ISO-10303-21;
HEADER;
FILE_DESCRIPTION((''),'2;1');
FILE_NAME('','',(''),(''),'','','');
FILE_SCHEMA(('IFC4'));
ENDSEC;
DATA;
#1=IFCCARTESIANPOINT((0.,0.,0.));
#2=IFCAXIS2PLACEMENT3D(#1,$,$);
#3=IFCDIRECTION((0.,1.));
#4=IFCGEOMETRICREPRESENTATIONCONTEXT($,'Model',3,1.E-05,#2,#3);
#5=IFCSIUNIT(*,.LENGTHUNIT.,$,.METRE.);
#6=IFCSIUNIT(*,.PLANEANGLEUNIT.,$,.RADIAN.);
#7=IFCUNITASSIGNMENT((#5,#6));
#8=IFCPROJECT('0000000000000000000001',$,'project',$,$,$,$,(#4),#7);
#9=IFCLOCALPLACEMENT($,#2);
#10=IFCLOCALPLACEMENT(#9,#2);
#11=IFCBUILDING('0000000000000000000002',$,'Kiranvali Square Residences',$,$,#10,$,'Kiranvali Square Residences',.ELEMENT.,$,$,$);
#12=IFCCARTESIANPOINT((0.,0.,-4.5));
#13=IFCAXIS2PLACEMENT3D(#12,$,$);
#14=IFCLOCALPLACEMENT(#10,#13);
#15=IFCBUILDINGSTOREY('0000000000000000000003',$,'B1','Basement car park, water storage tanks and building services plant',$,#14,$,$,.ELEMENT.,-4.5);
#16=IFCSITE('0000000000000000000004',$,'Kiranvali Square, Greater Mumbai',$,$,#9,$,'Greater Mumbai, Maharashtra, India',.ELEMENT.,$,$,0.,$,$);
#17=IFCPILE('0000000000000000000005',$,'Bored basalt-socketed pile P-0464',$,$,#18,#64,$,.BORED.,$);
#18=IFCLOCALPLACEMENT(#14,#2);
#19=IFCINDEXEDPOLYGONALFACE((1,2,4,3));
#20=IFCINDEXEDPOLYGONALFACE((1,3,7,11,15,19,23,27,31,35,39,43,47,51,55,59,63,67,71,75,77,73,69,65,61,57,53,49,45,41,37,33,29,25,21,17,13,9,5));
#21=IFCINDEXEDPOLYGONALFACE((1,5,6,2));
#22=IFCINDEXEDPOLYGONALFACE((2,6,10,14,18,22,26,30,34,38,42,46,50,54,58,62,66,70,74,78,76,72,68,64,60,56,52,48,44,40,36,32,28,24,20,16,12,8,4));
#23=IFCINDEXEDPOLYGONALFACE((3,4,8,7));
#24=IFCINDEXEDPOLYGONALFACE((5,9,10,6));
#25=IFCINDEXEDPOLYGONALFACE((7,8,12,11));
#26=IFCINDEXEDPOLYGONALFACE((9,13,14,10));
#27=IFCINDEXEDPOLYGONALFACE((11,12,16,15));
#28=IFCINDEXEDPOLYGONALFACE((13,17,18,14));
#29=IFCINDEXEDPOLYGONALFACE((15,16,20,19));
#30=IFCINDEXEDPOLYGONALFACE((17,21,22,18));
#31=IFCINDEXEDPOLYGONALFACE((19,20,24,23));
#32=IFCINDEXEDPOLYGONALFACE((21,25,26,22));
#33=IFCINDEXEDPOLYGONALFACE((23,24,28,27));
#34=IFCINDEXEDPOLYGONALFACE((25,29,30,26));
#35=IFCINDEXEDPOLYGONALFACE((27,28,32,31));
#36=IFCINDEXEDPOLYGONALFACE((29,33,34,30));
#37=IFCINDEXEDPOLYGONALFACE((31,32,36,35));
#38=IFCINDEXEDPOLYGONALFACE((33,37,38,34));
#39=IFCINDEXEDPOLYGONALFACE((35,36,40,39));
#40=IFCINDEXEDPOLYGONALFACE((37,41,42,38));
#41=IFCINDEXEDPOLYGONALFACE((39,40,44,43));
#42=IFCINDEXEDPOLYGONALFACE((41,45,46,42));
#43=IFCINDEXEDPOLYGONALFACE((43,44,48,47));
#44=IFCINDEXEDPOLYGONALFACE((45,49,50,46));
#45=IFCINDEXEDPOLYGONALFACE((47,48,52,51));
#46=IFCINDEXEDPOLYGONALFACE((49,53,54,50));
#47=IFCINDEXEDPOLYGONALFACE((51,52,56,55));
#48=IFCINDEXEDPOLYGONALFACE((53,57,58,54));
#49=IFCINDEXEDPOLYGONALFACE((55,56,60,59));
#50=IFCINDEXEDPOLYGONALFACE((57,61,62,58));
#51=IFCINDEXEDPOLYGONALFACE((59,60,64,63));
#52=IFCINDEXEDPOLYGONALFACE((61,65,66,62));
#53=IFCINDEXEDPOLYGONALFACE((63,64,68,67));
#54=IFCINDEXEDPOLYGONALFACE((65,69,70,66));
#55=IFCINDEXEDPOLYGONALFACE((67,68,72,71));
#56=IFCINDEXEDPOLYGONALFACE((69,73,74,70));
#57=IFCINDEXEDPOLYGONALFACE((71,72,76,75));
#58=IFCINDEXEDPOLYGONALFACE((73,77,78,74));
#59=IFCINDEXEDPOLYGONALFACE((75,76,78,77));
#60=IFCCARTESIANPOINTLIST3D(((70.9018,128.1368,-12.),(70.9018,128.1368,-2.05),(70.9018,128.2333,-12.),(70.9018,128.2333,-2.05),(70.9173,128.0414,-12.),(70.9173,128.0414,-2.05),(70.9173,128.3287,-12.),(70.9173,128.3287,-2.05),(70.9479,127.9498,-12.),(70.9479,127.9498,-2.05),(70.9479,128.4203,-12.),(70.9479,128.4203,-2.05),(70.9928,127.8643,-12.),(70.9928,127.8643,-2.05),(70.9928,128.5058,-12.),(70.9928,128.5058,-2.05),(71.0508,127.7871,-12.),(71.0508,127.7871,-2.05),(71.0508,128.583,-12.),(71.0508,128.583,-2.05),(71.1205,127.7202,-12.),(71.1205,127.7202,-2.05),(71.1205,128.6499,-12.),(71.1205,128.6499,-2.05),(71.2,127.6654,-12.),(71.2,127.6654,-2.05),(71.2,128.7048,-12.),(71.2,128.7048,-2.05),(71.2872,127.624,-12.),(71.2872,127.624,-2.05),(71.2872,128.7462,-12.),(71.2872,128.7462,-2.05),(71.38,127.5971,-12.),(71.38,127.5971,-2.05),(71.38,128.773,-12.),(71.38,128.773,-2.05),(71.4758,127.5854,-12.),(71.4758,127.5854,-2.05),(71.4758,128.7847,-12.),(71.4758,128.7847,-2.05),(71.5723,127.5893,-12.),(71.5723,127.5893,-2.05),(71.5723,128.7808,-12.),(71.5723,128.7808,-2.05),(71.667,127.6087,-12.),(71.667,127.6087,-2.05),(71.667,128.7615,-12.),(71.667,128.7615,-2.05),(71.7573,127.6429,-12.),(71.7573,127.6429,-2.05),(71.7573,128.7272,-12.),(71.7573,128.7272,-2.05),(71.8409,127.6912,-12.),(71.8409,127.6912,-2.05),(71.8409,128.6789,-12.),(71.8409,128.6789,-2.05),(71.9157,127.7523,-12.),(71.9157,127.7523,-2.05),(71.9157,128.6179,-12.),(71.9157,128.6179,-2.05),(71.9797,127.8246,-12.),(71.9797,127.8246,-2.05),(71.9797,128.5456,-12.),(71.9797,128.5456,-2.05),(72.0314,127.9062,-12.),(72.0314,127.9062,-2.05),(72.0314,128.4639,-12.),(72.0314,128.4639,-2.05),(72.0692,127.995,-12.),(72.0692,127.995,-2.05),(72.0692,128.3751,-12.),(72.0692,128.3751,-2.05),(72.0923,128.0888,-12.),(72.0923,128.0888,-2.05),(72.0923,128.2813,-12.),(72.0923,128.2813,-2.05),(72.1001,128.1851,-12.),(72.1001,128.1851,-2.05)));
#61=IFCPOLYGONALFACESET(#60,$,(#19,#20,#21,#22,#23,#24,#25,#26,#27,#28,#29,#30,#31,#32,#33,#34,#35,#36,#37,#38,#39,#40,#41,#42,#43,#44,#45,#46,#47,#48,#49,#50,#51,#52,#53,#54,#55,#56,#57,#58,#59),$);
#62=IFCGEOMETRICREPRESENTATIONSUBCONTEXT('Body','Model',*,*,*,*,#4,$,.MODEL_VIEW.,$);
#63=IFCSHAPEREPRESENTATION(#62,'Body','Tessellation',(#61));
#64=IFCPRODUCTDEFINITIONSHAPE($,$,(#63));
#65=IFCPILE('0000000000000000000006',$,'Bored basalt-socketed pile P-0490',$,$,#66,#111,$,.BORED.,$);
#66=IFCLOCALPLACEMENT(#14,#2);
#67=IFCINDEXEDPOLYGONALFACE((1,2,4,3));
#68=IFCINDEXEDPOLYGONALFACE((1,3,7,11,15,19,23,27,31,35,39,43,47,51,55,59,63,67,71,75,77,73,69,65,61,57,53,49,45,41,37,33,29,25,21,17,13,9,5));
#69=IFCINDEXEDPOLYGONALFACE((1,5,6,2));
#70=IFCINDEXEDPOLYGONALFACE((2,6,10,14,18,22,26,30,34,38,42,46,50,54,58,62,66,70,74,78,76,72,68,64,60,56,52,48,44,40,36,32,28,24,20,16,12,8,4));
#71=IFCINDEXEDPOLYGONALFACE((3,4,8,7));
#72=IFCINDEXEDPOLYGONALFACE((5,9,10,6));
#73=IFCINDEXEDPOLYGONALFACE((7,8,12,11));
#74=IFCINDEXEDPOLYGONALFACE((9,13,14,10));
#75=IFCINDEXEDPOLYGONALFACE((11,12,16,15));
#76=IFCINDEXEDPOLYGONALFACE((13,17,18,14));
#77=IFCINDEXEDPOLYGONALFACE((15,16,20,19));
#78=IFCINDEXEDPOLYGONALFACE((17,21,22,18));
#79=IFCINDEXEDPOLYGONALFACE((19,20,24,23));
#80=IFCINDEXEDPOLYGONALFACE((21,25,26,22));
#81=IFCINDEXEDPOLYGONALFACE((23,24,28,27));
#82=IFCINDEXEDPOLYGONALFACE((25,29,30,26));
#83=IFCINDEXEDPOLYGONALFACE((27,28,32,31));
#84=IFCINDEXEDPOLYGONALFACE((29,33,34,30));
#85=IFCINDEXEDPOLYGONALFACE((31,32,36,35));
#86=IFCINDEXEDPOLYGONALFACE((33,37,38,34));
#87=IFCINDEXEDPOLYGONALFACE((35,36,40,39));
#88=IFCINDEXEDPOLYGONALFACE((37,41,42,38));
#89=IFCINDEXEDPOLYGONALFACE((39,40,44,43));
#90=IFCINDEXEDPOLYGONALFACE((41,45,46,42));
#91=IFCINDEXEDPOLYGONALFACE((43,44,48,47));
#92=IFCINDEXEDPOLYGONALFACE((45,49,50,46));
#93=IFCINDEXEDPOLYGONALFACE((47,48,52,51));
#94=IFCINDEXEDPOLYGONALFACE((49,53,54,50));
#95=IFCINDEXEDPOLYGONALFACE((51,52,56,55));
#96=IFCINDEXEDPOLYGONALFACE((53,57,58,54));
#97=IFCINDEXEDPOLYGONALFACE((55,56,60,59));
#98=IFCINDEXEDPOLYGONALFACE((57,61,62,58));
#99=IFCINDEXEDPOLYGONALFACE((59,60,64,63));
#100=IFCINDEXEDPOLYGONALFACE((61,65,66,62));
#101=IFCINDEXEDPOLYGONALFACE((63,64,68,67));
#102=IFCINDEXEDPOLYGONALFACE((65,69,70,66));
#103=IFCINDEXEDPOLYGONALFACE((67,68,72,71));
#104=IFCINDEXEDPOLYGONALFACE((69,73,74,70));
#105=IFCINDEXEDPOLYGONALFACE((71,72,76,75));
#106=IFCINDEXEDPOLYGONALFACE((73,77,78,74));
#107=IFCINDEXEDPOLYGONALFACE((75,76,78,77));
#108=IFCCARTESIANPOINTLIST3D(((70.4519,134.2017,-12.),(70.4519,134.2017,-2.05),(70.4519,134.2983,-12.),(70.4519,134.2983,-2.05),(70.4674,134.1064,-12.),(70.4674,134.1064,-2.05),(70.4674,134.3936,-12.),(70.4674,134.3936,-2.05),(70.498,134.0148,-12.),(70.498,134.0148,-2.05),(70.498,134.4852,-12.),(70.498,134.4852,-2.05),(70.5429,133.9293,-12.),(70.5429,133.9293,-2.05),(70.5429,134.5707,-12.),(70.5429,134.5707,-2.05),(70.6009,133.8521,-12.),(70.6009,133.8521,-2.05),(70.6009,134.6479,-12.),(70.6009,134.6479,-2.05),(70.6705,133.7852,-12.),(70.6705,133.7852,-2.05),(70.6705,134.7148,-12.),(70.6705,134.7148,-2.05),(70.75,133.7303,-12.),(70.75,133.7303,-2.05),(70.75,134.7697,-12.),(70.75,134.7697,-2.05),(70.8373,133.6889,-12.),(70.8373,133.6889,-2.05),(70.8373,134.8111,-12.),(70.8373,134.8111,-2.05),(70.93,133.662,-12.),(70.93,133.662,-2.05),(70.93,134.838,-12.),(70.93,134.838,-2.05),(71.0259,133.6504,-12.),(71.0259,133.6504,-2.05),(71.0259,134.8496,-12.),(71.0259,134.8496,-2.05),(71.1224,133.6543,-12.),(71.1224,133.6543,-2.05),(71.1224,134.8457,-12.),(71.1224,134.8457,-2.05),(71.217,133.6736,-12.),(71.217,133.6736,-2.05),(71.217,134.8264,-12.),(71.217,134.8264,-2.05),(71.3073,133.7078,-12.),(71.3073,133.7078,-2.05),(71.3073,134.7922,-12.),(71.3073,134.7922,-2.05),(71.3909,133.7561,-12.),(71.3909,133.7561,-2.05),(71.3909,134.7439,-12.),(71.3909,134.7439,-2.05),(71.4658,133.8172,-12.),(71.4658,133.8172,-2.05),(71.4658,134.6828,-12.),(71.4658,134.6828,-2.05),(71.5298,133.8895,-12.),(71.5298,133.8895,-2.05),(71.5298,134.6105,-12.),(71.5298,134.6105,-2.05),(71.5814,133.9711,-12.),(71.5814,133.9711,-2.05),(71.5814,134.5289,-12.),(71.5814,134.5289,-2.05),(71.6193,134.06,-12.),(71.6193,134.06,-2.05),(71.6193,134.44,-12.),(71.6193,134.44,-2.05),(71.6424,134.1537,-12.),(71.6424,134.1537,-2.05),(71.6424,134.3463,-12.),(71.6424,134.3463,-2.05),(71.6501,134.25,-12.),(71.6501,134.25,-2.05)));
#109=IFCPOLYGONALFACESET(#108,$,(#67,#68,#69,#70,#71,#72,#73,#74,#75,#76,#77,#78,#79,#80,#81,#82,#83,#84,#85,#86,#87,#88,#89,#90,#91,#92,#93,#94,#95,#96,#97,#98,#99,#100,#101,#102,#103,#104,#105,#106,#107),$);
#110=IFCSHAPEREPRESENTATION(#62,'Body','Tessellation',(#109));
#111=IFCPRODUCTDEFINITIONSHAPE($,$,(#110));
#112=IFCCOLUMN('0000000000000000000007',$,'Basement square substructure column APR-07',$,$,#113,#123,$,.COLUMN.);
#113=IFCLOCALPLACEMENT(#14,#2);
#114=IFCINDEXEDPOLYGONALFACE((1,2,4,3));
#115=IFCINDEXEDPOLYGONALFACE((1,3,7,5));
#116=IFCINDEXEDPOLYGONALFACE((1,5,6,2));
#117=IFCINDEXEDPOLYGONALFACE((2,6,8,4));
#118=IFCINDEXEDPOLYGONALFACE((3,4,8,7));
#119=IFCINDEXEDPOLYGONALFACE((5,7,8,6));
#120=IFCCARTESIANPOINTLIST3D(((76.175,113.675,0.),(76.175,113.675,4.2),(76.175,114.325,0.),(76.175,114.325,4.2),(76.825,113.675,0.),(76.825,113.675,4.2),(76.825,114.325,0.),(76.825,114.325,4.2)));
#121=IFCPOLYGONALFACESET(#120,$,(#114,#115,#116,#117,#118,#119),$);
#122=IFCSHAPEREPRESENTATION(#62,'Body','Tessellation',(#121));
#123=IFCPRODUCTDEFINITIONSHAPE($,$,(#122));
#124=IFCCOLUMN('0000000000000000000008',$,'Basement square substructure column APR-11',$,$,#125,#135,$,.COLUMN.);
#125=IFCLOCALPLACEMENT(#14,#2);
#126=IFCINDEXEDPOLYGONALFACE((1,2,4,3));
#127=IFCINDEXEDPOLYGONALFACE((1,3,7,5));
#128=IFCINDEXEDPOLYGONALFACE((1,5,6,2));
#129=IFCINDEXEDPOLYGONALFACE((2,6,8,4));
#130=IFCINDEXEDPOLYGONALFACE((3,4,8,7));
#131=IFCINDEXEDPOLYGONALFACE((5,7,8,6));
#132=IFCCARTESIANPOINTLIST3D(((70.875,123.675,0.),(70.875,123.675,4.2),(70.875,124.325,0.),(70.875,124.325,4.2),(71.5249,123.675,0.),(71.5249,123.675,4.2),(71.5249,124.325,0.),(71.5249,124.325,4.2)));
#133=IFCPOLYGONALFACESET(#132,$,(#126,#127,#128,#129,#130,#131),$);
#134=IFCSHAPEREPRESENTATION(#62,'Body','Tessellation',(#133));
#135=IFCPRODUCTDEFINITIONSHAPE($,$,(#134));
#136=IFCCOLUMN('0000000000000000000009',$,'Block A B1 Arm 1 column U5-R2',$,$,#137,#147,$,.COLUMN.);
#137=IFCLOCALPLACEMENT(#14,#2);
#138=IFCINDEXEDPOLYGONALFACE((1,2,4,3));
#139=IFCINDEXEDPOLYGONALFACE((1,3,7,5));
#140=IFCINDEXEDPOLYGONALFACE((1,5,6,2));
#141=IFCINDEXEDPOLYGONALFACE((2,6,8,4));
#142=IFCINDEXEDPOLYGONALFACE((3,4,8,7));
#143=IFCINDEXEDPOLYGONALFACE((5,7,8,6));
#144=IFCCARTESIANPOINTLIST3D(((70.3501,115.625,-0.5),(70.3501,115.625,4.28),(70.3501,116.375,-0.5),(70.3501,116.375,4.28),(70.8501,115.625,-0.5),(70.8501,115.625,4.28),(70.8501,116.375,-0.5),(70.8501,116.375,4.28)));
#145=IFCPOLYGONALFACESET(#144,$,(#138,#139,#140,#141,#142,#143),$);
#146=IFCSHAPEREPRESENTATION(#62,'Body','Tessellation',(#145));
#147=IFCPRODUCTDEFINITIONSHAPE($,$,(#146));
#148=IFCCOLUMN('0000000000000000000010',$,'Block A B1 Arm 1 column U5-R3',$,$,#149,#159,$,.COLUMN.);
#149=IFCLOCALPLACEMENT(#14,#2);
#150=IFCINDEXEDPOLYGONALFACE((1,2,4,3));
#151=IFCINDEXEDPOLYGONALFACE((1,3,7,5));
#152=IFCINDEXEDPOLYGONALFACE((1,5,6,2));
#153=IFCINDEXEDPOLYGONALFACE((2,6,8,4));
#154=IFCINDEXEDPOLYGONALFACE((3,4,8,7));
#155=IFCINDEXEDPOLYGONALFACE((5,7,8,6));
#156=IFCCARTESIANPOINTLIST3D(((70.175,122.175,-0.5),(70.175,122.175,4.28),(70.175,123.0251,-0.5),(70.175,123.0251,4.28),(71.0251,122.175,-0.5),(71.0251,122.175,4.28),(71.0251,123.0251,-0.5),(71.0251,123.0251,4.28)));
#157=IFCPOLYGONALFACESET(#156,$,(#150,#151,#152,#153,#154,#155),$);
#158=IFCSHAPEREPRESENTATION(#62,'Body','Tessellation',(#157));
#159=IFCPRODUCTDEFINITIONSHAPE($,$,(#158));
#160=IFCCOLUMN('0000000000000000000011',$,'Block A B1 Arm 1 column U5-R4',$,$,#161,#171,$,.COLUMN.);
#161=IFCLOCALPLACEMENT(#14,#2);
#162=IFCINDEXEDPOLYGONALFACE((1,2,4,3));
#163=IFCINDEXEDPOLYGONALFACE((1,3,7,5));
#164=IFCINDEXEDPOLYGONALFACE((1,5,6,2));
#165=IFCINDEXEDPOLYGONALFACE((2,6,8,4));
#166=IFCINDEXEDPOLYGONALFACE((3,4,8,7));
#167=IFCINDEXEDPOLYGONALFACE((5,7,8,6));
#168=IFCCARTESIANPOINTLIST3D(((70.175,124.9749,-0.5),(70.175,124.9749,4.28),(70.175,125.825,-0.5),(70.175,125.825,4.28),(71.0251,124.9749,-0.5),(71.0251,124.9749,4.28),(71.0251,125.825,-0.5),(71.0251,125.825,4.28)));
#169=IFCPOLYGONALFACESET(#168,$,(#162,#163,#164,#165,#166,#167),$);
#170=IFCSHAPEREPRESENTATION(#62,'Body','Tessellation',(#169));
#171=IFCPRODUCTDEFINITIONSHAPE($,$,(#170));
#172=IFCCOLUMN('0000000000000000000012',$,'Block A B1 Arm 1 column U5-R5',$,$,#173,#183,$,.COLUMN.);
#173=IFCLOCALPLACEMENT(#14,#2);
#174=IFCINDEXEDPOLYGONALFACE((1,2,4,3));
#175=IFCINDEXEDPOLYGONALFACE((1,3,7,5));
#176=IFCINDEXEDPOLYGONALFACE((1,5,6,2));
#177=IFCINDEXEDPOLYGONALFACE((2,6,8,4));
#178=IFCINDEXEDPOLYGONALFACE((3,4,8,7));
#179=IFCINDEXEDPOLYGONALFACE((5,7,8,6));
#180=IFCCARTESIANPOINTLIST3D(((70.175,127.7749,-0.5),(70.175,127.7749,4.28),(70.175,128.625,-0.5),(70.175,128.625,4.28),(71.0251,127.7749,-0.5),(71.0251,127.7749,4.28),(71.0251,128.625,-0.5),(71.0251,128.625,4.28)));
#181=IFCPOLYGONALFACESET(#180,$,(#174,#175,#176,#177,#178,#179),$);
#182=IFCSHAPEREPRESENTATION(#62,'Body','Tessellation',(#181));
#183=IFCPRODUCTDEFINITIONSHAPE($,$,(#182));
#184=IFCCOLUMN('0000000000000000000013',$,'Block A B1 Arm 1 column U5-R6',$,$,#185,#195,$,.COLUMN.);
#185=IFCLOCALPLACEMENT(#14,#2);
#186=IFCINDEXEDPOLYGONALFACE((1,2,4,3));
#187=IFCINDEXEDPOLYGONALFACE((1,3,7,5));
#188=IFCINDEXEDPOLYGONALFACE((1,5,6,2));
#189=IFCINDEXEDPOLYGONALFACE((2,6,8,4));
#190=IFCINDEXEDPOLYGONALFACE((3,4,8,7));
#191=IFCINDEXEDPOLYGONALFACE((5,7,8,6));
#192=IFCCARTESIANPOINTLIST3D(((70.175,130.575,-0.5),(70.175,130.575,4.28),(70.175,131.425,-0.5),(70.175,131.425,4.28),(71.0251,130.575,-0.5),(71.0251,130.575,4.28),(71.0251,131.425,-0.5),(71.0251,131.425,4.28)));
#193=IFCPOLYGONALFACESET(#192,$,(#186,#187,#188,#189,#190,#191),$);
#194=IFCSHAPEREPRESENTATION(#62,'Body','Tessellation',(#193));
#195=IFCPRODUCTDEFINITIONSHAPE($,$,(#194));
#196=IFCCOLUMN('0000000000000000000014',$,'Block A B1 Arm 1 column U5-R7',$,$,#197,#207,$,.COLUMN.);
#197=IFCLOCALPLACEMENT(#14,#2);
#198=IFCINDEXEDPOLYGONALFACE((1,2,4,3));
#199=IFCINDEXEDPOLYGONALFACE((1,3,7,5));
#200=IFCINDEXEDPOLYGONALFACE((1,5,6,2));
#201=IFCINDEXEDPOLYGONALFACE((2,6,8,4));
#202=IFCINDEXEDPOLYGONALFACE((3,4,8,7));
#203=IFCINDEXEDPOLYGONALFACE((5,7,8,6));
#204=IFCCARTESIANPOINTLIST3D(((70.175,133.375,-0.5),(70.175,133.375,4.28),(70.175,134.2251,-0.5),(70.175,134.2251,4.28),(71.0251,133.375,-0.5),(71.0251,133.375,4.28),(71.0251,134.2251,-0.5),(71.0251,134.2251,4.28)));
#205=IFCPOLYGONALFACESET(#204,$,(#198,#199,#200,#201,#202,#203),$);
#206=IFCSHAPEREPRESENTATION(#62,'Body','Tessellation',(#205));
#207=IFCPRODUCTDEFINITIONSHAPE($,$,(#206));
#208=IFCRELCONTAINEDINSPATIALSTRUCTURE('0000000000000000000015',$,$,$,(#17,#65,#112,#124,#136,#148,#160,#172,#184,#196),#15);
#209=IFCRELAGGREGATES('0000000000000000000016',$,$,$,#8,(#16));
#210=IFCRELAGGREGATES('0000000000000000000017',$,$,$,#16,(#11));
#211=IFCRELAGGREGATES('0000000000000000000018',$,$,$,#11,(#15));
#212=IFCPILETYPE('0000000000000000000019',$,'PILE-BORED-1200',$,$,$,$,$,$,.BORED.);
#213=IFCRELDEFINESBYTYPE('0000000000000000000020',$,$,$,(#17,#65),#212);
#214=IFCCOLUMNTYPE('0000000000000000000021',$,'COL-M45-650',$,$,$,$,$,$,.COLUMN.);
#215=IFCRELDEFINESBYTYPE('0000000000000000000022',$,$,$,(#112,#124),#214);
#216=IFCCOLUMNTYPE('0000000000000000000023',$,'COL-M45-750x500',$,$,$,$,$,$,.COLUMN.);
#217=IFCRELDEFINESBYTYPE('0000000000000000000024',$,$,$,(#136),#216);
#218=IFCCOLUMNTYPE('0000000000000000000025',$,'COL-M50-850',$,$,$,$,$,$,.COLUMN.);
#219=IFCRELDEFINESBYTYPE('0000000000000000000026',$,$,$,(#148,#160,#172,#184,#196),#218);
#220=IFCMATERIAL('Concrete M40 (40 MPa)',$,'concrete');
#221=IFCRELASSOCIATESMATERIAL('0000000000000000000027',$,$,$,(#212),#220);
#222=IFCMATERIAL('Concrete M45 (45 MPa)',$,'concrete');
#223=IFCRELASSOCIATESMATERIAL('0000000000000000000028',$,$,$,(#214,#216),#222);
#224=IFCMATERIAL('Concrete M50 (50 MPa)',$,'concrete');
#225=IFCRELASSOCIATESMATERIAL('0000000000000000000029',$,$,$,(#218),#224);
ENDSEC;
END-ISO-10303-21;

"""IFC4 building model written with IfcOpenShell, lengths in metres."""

from ifc_helpers import new_model, si_unit, direction, frame, origin, origin_2d, place, context, subcontext, project, spatial, rectangle, circle, extrude, material, material_profile, profile_set, type_object, element, save


model = new_model("IFC4")

# Units and contexts
model_context = context("Model", 3, precision=1e-05, world=origin(), true_north=direction((0.0, 1.0)))
body_context = subcontext(model_context, "Body", "Model", "MODEL_VIEW")
ifc_project = project(units=[si_unit("LENGTHUNIT", "METRE"), si_unit("PLANEANGLEUNIT", "RADIAN")], contexts=[model_context])

# Site, building, storey
site_placement = place(None, origin())
site = spatial("IfcSite", under=ifc_project, at=site_placement, Name="Kiranvali Square, Greater Mumbai", LongName="Greater Mumbai, Maharashtra, India", CompositionType="ELEMENT", RefElevation=0.0)
building_placement = place(site_placement, origin())
building = spatial("IfcBuilding", under=site, at=building_placement, Name="Kiranvali Square Residences", LongName="Kiranvali Square Residences", CompositionType="ELEMENT")
storey_placement = place(building_placement, frame((0.0, 0.0, -4.5)))
storey = spatial("IfcBuildingStorey", under=building, at=storey_placement, Name="B1", Description="Basement car park, water storage tanks and building services plant", CompositionType="ELEMENT", Elevation=-4.5)

# Shared definitions
ifc_material_1 = material(Name="Concrete M40 (40 MPa)", Category="concrete")

# Piles
ifc_material_profile_1 = material_profile(ifc_material_1, circle(Radius=0.6001, at=origin_2d()), Name="BORED PILE 1200")
ifc_profile_set_1 = profile_set([ifc_material_profile_1], Name="Concrete M40 (40 MPa)")
pile_type = type_object("IfcPileType", Name="PILE-BORED-1200", PredefinedType="BORED", material=ifc_profile_set_1)
for number, where, z_axis, x_axis, name in (
    (1, (71.5, 128.1851, -2.05), (0.0, 0.0, -1.0), (1.0, 0.0, 0.0), "Bored basalt-socketed pile P-0464"),
    (2, (71.05, 134.25, -2.05), (0.0, 0.0, -1.0), (1.0, 0.0, 0.0), "Bored basalt-socketed pile P-0490"),
):
    element("IfcPile", number, at=place(storey_placement, frame(where, z_axis=z_axis, x_axis=x_axis)), inside=storey, type_object=pile_type, Name=name, PredefinedType="BORED", context=body_context, shape_type="SweptSolid", body=[
        extrude(circle(Radius=0.6001, at=origin_2d()), origin(), (0.0, 0.0, 1.0), 9.95),
    ])

# Columns
ifc_material_2 = material(Name="Concrete M45 (45 MPa)", Category="concrete")
ifc_material_profile_2 = material_profile(ifc_material_2, rectangle(XDim=0.6499, YDim=0.6499, at=origin_2d()), Name="RC 650x650")
ifc_profile_set_2 = profile_set([ifc_material_profile_2], Name="Concrete M45 (45 MPa)")
column_type_1 = type_object("IfcColumnType", Name="COL-M45-650", PredefinedType="COLUMN", material=ifc_profile_set_2)
for number, where, z_axis, x_axis, name in (
    (3, (76.5, 114.0, 0.0), (0.0, 0.0, 1.0), (1.0, 0.0, 0.0), "Basement square substructure column APR-07"),
    (4, (71.2, 124.0, 0.0), (0.0, 0.0, 1.0), (1.0, 0.0, 0.0), "Basement square substructure column APR-11"),
):
    element("IfcColumn", number, at=place(storey_placement, frame(where, z_axis=z_axis, x_axis=x_axis)), inside=storey, type_object=column_type_1, Name=name, PredefinedType="COLUMN", context=body_context, shape_type="SweptSolid", body=[
        extrude(rectangle(XDim=0.6499, YDim=0.6499, at=origin_2d()), origin(), (0.0, 0.0, 1.0), 4.2),
    ])
ifc_material_profile_3 = material_profile(ifc_material_2, rectangle(XDim=0.5, YDim=0.75, at=origin_2d()), Name="RC 750x500")
ifc_profile_set_3 = profile_set([ifc_material_profile_3], Name="Concrete M45 (45 MPa)")
column_type_2 = type_object("IfcColumnType", Name="COL-M45-750x500", PredefinedType="COLUMN", material=ifc_profile_set_3)
column_placement = place(storey_placement, frame((70.6001, 116.0, -0.5), z_axis=(0.0, 0.0, 1.0), x_axis=(1.0, 0.0, 0.0)))
element("IfcColumn", 5, at=column_placement, inside=storey, type_object=column_type_2, Name="Block A B1 Arm 1 column U5-R2", PredefinedType="COLUMN", context=body_context, shape_type="SweptSolid", body=[
    extrude(rectangle(XDim=0.5, YDim=0.75, at=origin_2d()), origin(), (0.0, 0.0, 1.0), 4.78),
])
ifc_material_3 = material(Name="Concrete M50 (50 MPa)", Category="concrete")
ifc_material_profile_4 = material_profile(ifc_material_3, rectangle(XDim=0.8501, YDim=0.8501, at=origin_2d()), Name="RC 850x850")
ifc_profile_set_4 = profile_set([ifc_material_profile_4], Name="Concrete M50 (50 MPa)")
column_type_3 = type_object("IfcColumnType", Name="COL-M50-850", PredefinedType="COLUMN", material=ifc_profile_set_4)
for number, where, z_axis, x_axis, name in (
    (6, (70.6001, 122.6001, -0.5), (0.0, 0.0, 1.0), (1.0, 0.0, 0.0), "Block A B1 Arm 1 column U5-R3"),
    (7, (70.6001, 125.3999, -0.5), (0.0, 0.0, 1.0), (1.0, 0.0, 0.0), "Block A B1 Arm 1 column U5-R4"),
    (8, (70.6001, 128.2, -0.5), (0.0, 0.0, 1.0), (1.0, 0.0, 0.0), "Block A B1 Arm 1 column U5-R5"),
    (9, (70.6001, 131.0, -0.5), (0.0, 0.0, 1.0), (1.0, 0.0, 0.0), "Block A B1 Arm 1 column U5-R6"),
    (10, (70.6001, 133.8, -0.5), (0.0, 0.0, 1.0), (1.0, 0.0, 0.0), "Block A B1 Arm 1 column U5-R7"),
):
    element("IfcColumn", number, at=place(storey_placement, frame(where, z_axis=z_axis, x_axis=x_axis)), inside=storey, type_object=column_type_3, Name=name, PredefinedType="COLUMN", context=body_context, shape_type="SweptSolid", body=[
        extrude(rectangle(XDim=0.8501, YDim=0.8501, at=origin_2d()), origin(), (0.0, 0.0, 1.0), 4.78),
    ])

save(model, "model.ifc")
